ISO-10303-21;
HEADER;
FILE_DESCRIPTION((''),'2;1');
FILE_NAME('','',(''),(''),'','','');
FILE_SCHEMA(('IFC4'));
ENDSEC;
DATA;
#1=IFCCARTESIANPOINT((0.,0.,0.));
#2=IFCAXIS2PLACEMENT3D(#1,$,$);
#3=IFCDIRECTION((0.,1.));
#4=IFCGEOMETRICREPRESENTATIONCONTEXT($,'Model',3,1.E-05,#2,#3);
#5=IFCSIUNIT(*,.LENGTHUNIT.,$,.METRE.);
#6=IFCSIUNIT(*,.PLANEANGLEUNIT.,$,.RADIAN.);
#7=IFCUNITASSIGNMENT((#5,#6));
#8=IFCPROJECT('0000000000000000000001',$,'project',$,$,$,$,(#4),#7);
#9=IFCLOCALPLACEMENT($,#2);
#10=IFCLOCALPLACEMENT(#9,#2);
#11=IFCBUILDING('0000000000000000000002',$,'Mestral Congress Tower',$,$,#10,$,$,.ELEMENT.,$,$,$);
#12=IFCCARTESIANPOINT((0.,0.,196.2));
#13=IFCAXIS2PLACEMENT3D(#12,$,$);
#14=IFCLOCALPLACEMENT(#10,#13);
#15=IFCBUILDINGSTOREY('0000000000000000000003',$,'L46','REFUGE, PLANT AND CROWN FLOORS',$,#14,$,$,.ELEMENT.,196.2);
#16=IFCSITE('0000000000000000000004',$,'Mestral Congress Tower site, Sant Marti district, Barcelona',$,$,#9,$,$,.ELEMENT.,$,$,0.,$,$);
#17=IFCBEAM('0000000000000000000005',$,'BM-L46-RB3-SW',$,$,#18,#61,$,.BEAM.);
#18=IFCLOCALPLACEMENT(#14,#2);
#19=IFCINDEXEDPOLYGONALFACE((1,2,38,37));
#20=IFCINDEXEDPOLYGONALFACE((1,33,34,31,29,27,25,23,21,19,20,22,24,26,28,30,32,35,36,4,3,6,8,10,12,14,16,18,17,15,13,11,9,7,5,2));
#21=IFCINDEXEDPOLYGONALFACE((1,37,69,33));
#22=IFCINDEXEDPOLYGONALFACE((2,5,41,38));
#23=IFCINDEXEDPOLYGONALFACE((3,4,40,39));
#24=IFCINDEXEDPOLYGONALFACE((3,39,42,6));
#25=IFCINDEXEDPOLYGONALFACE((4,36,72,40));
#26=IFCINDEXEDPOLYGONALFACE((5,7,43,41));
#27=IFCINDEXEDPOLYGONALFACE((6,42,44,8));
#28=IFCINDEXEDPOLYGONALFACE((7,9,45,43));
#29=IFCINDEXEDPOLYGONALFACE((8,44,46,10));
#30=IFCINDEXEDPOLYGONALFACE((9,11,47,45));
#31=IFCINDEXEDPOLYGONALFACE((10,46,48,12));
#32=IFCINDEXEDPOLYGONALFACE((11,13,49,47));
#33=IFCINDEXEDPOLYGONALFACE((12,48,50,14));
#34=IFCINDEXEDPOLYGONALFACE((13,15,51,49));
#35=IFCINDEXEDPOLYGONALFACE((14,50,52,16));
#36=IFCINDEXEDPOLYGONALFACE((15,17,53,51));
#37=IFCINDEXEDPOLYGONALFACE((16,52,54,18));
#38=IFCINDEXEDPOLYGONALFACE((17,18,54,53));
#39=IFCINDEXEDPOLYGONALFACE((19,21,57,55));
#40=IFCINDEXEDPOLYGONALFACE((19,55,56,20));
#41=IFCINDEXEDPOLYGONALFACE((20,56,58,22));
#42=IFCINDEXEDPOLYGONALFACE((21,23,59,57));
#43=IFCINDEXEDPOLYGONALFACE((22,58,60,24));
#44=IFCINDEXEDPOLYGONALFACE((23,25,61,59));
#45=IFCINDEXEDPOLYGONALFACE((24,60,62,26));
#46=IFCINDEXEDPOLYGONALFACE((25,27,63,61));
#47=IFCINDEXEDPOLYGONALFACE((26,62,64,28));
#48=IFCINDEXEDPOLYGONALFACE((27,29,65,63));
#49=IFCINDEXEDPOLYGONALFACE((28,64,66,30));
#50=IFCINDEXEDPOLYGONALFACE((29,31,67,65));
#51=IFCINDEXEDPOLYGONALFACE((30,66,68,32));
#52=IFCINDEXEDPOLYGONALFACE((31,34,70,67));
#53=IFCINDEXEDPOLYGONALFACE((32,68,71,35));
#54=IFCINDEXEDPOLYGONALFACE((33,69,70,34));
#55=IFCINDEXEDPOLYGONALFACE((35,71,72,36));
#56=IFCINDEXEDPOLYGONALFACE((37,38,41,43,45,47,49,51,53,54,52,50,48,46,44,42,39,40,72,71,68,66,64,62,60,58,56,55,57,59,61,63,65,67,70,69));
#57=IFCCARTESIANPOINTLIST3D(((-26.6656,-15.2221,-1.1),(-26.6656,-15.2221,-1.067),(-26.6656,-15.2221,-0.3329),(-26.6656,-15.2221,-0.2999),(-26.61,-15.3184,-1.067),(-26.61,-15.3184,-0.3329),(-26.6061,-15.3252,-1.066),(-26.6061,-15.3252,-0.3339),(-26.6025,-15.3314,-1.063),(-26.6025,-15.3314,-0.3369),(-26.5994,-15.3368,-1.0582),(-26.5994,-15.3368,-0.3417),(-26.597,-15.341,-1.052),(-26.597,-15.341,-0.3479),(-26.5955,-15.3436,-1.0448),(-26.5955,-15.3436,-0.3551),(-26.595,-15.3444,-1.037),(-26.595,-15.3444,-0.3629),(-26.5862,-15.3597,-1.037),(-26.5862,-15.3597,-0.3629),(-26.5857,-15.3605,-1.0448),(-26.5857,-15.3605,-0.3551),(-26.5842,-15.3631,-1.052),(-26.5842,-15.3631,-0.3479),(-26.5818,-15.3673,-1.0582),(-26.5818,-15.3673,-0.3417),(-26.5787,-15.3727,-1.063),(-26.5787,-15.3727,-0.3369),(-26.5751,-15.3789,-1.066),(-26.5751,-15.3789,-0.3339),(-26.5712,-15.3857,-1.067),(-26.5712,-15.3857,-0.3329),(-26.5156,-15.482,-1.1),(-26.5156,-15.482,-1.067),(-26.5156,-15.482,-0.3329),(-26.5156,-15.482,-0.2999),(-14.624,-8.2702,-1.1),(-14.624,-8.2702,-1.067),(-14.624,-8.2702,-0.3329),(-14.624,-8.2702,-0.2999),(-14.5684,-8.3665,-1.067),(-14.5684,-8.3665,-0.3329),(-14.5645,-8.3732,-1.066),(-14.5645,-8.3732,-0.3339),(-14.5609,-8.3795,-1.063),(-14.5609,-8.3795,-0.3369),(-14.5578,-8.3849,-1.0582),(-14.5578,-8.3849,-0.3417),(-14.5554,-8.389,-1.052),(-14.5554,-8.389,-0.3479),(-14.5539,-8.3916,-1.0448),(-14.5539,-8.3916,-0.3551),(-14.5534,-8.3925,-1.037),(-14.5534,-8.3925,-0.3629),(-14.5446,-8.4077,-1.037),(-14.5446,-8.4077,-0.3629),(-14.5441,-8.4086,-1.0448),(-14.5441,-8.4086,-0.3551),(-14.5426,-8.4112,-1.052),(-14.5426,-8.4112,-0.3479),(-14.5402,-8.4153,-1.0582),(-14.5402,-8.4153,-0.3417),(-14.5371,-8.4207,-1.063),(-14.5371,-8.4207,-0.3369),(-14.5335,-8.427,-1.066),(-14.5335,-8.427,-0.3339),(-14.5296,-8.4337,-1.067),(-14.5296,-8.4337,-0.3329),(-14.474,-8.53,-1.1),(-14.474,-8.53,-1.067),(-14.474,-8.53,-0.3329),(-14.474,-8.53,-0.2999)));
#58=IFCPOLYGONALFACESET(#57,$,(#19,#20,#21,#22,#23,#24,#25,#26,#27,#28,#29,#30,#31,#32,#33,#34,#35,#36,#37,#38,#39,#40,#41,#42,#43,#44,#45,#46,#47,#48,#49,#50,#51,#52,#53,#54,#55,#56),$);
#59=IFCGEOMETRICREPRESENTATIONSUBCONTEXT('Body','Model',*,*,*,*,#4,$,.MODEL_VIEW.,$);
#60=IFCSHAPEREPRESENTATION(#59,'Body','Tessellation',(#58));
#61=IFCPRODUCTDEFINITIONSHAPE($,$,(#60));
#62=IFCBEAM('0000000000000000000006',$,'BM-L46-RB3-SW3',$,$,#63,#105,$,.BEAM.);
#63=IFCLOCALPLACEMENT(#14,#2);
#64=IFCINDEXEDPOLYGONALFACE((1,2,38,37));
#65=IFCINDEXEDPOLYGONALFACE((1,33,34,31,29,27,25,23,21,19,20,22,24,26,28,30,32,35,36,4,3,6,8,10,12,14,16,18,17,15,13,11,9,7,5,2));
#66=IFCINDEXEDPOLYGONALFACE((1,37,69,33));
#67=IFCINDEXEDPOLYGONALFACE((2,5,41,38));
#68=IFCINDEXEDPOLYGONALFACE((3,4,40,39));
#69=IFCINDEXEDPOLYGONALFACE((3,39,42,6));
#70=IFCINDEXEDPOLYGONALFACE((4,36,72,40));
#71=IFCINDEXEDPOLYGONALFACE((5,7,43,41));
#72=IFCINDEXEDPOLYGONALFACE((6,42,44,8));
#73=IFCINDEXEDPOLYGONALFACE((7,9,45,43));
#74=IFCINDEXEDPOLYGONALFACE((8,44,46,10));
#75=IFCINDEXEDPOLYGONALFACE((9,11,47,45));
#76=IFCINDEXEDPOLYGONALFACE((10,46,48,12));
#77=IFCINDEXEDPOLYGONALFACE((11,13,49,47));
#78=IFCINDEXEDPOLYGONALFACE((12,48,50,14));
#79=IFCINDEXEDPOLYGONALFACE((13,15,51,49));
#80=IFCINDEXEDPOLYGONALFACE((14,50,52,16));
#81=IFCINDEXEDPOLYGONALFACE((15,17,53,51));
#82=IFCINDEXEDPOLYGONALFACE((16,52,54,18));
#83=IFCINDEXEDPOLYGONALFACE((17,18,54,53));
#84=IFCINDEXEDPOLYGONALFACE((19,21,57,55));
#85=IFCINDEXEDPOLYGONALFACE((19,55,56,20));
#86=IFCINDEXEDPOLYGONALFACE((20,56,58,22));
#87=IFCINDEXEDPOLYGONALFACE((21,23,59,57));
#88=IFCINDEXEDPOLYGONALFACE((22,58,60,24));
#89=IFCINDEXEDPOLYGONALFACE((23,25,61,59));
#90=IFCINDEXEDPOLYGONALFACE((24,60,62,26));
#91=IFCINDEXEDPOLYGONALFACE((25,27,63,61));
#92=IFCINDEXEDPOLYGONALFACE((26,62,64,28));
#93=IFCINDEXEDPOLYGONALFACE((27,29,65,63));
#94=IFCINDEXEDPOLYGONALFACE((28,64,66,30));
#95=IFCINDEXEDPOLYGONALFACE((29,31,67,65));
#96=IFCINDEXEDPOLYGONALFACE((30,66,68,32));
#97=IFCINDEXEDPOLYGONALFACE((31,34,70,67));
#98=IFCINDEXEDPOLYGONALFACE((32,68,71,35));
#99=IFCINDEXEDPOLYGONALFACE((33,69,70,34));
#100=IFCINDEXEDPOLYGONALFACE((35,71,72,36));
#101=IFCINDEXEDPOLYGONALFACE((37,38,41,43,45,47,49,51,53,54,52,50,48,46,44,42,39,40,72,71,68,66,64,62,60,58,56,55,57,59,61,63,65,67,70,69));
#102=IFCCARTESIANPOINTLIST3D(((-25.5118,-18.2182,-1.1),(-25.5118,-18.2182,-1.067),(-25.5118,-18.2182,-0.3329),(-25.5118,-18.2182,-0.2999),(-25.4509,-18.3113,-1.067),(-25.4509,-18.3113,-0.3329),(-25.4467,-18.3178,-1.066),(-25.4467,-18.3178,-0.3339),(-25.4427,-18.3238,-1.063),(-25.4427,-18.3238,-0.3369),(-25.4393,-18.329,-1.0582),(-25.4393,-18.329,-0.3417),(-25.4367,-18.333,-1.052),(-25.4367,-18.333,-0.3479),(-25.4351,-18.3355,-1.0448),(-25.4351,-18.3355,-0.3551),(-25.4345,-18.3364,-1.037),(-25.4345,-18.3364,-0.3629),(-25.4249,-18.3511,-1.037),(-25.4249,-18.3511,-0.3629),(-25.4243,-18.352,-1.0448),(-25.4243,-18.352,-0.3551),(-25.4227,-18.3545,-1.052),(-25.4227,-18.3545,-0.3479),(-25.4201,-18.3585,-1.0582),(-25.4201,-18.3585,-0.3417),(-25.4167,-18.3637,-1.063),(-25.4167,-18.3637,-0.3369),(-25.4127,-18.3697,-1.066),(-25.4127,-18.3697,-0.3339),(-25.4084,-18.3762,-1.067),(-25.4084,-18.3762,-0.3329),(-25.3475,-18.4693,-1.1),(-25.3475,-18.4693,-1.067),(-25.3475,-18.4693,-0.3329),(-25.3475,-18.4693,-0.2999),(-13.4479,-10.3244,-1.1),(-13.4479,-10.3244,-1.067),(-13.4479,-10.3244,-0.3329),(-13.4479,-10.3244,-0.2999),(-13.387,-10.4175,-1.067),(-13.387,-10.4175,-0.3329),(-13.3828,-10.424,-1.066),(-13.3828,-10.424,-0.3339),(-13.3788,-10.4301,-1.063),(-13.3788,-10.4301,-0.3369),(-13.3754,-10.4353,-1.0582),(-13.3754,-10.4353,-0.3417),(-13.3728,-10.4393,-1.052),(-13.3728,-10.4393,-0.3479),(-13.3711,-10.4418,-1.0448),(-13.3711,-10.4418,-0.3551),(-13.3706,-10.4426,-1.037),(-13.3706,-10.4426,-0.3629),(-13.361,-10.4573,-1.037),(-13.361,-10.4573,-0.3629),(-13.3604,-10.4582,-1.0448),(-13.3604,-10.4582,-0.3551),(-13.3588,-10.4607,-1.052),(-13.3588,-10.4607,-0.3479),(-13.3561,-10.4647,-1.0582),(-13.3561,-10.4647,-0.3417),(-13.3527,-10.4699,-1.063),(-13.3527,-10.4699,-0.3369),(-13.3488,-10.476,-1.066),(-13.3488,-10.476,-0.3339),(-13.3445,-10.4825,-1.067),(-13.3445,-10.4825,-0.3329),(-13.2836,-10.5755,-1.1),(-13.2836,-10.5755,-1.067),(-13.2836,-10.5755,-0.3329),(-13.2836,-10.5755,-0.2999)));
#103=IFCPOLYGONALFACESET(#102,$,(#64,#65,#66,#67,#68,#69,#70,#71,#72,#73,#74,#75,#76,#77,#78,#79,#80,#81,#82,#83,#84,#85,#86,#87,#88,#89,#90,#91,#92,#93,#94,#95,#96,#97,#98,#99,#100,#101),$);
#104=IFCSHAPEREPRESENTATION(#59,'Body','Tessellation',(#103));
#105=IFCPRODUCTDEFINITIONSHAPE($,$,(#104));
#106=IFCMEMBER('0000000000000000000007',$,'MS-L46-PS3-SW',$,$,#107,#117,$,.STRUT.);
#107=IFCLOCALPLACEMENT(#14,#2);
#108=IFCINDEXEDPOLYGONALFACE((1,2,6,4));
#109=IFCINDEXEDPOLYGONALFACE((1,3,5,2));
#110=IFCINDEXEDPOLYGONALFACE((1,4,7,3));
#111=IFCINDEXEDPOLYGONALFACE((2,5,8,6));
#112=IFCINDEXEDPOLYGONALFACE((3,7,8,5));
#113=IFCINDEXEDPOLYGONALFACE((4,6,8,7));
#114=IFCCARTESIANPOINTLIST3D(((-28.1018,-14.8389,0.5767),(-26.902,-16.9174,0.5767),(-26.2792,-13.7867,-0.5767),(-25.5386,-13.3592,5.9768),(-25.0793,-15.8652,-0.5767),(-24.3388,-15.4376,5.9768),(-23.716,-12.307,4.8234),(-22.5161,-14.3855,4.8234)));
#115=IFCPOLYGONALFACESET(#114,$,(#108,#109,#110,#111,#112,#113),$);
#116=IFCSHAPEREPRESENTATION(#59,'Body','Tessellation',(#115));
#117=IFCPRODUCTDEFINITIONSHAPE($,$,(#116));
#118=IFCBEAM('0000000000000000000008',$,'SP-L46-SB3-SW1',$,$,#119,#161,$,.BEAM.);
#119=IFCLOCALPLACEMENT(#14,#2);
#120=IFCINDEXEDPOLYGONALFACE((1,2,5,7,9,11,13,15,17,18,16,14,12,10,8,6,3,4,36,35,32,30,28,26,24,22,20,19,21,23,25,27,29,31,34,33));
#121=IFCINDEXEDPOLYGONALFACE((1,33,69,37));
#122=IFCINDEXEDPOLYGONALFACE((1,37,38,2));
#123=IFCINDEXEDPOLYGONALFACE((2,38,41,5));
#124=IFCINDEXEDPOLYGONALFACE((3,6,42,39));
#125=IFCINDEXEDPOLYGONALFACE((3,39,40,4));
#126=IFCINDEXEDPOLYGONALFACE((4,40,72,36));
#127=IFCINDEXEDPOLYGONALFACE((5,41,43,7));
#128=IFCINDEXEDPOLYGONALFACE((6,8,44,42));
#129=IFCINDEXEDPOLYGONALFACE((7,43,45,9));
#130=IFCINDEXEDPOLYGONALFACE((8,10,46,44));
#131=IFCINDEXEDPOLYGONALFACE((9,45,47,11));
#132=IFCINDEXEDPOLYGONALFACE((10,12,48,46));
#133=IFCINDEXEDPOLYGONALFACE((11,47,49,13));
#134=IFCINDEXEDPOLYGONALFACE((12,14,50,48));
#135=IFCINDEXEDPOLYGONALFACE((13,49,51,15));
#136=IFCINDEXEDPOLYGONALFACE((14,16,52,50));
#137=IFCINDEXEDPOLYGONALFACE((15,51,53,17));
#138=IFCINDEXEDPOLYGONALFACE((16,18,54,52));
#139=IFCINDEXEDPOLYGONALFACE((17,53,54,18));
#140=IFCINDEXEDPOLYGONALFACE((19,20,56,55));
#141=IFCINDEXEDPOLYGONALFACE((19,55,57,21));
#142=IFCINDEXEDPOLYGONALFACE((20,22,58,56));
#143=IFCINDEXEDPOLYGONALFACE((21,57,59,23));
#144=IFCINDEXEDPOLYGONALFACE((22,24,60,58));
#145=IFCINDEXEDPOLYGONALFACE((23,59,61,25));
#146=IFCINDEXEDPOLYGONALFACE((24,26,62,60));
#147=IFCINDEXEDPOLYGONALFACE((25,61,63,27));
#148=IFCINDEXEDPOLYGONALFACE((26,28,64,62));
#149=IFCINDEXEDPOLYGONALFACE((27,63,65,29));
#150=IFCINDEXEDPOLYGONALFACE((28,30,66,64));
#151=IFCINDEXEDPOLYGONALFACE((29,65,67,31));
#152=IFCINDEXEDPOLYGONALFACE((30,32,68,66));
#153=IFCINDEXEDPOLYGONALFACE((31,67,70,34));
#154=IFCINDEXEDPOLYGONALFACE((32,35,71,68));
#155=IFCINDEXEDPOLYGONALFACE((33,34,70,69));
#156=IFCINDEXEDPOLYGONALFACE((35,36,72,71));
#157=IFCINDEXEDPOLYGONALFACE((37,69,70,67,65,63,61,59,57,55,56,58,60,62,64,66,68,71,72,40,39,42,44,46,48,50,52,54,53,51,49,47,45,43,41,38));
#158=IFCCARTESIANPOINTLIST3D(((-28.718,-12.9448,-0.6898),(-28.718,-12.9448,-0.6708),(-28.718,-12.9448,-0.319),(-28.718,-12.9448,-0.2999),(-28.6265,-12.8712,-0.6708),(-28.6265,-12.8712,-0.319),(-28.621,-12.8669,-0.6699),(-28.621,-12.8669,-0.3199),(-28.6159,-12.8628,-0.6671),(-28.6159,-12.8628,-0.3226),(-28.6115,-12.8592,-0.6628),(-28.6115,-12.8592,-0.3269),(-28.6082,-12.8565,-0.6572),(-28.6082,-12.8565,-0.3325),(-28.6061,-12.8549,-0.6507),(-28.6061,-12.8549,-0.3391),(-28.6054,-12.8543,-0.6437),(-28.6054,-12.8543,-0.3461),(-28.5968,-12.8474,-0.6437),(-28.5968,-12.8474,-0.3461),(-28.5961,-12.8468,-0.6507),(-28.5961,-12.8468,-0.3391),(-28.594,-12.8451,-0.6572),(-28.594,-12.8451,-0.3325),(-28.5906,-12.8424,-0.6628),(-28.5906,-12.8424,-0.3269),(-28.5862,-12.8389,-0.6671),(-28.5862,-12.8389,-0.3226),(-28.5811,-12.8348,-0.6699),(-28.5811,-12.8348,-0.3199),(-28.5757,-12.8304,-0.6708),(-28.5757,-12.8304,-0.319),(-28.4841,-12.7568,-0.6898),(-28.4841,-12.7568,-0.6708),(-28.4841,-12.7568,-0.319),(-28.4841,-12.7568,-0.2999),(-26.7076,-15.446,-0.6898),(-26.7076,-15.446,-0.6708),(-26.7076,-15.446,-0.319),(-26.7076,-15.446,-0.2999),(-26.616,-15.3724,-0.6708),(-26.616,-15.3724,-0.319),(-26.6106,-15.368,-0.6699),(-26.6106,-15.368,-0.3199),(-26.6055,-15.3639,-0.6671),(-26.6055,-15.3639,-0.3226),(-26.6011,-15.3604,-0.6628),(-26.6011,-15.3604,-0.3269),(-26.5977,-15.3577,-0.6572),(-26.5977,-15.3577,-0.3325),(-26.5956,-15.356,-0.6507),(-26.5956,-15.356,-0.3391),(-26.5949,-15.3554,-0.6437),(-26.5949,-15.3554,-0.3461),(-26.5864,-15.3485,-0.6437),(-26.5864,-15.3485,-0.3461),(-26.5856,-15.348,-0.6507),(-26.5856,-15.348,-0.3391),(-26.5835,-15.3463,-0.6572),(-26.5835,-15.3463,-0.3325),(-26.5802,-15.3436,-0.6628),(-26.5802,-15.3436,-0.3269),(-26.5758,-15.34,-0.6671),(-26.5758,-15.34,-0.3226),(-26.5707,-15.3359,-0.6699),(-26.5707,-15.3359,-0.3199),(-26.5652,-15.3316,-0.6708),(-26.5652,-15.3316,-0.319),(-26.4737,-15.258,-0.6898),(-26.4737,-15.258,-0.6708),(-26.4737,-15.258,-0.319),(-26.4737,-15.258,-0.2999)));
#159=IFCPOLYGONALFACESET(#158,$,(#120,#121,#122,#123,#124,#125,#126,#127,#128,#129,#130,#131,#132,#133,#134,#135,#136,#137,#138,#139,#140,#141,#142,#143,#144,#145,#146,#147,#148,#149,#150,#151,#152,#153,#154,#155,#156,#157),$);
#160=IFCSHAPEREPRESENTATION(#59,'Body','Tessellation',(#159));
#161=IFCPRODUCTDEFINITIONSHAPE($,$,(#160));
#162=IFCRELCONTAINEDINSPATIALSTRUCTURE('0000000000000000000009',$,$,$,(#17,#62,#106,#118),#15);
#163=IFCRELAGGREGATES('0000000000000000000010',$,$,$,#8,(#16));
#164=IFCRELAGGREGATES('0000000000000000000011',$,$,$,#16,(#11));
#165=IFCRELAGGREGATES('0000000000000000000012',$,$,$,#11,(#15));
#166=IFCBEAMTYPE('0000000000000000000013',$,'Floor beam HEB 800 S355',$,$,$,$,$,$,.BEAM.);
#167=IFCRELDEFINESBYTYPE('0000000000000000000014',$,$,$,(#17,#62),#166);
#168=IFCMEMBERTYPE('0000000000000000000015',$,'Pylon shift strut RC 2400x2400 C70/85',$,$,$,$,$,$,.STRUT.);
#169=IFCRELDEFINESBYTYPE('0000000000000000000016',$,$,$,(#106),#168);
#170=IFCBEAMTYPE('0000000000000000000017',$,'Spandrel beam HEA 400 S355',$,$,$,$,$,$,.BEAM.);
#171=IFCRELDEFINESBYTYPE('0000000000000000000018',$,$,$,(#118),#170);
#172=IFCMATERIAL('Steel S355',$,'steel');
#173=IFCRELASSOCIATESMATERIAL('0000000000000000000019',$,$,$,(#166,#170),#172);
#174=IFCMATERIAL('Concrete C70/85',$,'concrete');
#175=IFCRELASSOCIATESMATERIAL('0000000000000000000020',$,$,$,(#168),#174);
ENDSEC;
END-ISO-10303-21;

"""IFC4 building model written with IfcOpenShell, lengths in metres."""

from ifc_helpers import new_model, si_unit, direction, frame, origin, origin_2d, place, context, subcontext, project, spatial, rectangle, i_section, extrude, material, material_profile, profile_set, type_object, element, save


model = new_model("IFC4")

# Units and contexts
model_context = context("Model", 3, precision=1e-05, world=origin(), true_north=direction((0.0, 1.0)))
body_context = subcontext(model_context, "Body", "Model", "MODEL_VIEW")
ifc_project = project(units=[si_unit("LENGTHUNIT", "METRE"), si_unit("PLANEANGLEUNIT", "RADIAN")], contexts=[model_context])

# Site, building, storey
site_placement = place(None, origin())
site = spatial("IfcSite", under=ifc_project, at=site_placement, Name="Mestral Congress Tower site, Sant Marti district, Barcelona", CompositionType="ELEMENT", RefElevation=0.0)
building_placement = place(site_placement, origin())
building = spatial("IfcBuilding", under=site, at=building_placement, Name="Mestral Congress Tower", CompositionType="ELEMENT")
storey_placement = place(building_placement, frame((0.0, 0.0, 196.2)))
storey = spatial("IfcBuildingStorey", under=building, at=storey_placement, Name="L46", Description="REFUGE, PLANT AND CROWN FLOORS", CompositionType="ELEMENT", Elevation=196.2)

# Shared definitions
ifc_material_1 = material(Name="Steel S355", Category="steel")

# Beams
ifc_material_profile_1 = material_profile(ifc_material_1, i_section(OverallWidth=0.3, OverallDepth=0.8, WebThickness=0.0176, FlangeThickness=0.033, FilletRadius=0.03, at=origin_2d()), Name="HEB 800")
ifc_profile_set_1 = profile_set([ifc_material_profile_1], Name="Steel S355")
beam_type_1 = type_object("IfcBeamType", Name="Floor beam HEB 800 S355", PredefinedType="BEAM", material=ifc_profile_set_1)
beam_1_placement = place(storey_placement, frame((-26.5906, -15.3521, -0.7), z_axis=(0.866034, 0.499986, 0.0), x_axis=(-0.499986, 0.866034, 0.0)))
element("IfcBeam", 1, at=beam_1_placement, inside=storey, type_object=beam_type_1, Name="BM-L46-RB3-SW", PredefinedType="BEAM", context=body_context, shape_type="SweptSolid", body=[
    extrude(i_section(OverallWidth=0.3, OverallDepth=0.8, WebThickness=0.0176, FlangeThickness=0.033, FilletRadius=0.03, at=origin_2d()), origin(), (0.0, 0.0, 1.0), 13.9043),
])
beam_2_placement = place(storey_placement, frame((-25.4297, -18.3438, -0.7), z_axis=(0.836785, 0.547532, 0.0), x_axis=(-0.547532, 0.836785, 0.0)))
element("IfcBeam", 2, at=beam_2_placement, inside=storey, type_object=beam_type_1, Name="BM-L46-RB3-SW3", PredefinedType="BEAM", context=body_context, shape_type="SweptSolid", body=[
    extrude(i_section(OverallWidth=0.3, OverallDepth=0.8, WebThickness=0.0176, FlangeThickness=0.033, FilletRadius=0.03, at=origin_2d()), origin(), (0.0, 0.0, 1.0), 14.417),
])

# Member
ifc_material_2 = material(Name="Concrete C70/85", Category="concrete")
ifc_material_profile_2 = material_profile(ifc_material_2, rectangle(XDim=2.3999, YDim=2.3999, at=origin_2d()), Name="RC 2400x2400")
ifc_profile_set_2 = profile_set([ifc_material_profile_2], Name="Concrete C70/85")
member_type_1 = type_object("IfcMemberType", Name="Pylon shift strut RC 2400x2400 C70/85", PredefinedType="STRUT", material=ifc_profile_set_2)
member_1_placement = place(storey_placement, frame((-26.5906, -15.3521, 0.0), z_axis=(0.416242, 0.240294, 0.876927), x_axis=(-0.499963, 0.866047, 0.0)))
element("IfcMember", 3, at=member_1_placement, inside=storey, type_object=member_type_1, Name="MS-L46-PS3-SW", PredefinedType="STRUT", context=body_context, shape_type="SweptSolid", body=[
    extrude(rectangle(XDim=2.3999, YDim=2.3999, at=origin_2d()), origin(), (0.0, 0.0, 1.0), 6.158),
])

# Beam
ifc_material_profile_3 = material_profile(ifc_material_1, i_section(OverallWidth=0.3, OverallDepth=0.3899, WebThickness=0.011, FlangeThickness=0.019, FilletRadius=0.0271, at=origin_2d()), Name="HEA 400")
ifc_profile_set_3 = profile_set([ifc_material_profile_3], Name="Steel S355")
beam_type_2 = type_object("IfcBeamType", Name="Spandrel beam HEA 400 S355", PredefinedType="BEAM", material=ifc_profile_set_3)
for number, where, z_axis, x_axis, name in (
    (4, (-28.6011, -12.8508, -0.4949), (0.626503, -0.779419, 0.0), (0.779419, 0.626503, 0.0), "SP-L46-SB3-SW1"),
):
    element("IfcBeam", number, at=place(storey_placement, frame(where, z_axis=z_axis, x_axis=x_axis)), inside=storey, type_object=beam_type_2, Name=name, PredefinedType="BEAM", context=body_context, shape_type="SweptSolid", body=[
        extrude(i_section(OverallWidth=0.3, OverallDepth=0.3899, WebThickness=0.011, FlangeThickness=0.019, FilletRadius=0.0271, at=origin_2d()), origin(), (0.0, 0.0, 1.0), 3.209),
    ])

save(model, "model.ifc")
